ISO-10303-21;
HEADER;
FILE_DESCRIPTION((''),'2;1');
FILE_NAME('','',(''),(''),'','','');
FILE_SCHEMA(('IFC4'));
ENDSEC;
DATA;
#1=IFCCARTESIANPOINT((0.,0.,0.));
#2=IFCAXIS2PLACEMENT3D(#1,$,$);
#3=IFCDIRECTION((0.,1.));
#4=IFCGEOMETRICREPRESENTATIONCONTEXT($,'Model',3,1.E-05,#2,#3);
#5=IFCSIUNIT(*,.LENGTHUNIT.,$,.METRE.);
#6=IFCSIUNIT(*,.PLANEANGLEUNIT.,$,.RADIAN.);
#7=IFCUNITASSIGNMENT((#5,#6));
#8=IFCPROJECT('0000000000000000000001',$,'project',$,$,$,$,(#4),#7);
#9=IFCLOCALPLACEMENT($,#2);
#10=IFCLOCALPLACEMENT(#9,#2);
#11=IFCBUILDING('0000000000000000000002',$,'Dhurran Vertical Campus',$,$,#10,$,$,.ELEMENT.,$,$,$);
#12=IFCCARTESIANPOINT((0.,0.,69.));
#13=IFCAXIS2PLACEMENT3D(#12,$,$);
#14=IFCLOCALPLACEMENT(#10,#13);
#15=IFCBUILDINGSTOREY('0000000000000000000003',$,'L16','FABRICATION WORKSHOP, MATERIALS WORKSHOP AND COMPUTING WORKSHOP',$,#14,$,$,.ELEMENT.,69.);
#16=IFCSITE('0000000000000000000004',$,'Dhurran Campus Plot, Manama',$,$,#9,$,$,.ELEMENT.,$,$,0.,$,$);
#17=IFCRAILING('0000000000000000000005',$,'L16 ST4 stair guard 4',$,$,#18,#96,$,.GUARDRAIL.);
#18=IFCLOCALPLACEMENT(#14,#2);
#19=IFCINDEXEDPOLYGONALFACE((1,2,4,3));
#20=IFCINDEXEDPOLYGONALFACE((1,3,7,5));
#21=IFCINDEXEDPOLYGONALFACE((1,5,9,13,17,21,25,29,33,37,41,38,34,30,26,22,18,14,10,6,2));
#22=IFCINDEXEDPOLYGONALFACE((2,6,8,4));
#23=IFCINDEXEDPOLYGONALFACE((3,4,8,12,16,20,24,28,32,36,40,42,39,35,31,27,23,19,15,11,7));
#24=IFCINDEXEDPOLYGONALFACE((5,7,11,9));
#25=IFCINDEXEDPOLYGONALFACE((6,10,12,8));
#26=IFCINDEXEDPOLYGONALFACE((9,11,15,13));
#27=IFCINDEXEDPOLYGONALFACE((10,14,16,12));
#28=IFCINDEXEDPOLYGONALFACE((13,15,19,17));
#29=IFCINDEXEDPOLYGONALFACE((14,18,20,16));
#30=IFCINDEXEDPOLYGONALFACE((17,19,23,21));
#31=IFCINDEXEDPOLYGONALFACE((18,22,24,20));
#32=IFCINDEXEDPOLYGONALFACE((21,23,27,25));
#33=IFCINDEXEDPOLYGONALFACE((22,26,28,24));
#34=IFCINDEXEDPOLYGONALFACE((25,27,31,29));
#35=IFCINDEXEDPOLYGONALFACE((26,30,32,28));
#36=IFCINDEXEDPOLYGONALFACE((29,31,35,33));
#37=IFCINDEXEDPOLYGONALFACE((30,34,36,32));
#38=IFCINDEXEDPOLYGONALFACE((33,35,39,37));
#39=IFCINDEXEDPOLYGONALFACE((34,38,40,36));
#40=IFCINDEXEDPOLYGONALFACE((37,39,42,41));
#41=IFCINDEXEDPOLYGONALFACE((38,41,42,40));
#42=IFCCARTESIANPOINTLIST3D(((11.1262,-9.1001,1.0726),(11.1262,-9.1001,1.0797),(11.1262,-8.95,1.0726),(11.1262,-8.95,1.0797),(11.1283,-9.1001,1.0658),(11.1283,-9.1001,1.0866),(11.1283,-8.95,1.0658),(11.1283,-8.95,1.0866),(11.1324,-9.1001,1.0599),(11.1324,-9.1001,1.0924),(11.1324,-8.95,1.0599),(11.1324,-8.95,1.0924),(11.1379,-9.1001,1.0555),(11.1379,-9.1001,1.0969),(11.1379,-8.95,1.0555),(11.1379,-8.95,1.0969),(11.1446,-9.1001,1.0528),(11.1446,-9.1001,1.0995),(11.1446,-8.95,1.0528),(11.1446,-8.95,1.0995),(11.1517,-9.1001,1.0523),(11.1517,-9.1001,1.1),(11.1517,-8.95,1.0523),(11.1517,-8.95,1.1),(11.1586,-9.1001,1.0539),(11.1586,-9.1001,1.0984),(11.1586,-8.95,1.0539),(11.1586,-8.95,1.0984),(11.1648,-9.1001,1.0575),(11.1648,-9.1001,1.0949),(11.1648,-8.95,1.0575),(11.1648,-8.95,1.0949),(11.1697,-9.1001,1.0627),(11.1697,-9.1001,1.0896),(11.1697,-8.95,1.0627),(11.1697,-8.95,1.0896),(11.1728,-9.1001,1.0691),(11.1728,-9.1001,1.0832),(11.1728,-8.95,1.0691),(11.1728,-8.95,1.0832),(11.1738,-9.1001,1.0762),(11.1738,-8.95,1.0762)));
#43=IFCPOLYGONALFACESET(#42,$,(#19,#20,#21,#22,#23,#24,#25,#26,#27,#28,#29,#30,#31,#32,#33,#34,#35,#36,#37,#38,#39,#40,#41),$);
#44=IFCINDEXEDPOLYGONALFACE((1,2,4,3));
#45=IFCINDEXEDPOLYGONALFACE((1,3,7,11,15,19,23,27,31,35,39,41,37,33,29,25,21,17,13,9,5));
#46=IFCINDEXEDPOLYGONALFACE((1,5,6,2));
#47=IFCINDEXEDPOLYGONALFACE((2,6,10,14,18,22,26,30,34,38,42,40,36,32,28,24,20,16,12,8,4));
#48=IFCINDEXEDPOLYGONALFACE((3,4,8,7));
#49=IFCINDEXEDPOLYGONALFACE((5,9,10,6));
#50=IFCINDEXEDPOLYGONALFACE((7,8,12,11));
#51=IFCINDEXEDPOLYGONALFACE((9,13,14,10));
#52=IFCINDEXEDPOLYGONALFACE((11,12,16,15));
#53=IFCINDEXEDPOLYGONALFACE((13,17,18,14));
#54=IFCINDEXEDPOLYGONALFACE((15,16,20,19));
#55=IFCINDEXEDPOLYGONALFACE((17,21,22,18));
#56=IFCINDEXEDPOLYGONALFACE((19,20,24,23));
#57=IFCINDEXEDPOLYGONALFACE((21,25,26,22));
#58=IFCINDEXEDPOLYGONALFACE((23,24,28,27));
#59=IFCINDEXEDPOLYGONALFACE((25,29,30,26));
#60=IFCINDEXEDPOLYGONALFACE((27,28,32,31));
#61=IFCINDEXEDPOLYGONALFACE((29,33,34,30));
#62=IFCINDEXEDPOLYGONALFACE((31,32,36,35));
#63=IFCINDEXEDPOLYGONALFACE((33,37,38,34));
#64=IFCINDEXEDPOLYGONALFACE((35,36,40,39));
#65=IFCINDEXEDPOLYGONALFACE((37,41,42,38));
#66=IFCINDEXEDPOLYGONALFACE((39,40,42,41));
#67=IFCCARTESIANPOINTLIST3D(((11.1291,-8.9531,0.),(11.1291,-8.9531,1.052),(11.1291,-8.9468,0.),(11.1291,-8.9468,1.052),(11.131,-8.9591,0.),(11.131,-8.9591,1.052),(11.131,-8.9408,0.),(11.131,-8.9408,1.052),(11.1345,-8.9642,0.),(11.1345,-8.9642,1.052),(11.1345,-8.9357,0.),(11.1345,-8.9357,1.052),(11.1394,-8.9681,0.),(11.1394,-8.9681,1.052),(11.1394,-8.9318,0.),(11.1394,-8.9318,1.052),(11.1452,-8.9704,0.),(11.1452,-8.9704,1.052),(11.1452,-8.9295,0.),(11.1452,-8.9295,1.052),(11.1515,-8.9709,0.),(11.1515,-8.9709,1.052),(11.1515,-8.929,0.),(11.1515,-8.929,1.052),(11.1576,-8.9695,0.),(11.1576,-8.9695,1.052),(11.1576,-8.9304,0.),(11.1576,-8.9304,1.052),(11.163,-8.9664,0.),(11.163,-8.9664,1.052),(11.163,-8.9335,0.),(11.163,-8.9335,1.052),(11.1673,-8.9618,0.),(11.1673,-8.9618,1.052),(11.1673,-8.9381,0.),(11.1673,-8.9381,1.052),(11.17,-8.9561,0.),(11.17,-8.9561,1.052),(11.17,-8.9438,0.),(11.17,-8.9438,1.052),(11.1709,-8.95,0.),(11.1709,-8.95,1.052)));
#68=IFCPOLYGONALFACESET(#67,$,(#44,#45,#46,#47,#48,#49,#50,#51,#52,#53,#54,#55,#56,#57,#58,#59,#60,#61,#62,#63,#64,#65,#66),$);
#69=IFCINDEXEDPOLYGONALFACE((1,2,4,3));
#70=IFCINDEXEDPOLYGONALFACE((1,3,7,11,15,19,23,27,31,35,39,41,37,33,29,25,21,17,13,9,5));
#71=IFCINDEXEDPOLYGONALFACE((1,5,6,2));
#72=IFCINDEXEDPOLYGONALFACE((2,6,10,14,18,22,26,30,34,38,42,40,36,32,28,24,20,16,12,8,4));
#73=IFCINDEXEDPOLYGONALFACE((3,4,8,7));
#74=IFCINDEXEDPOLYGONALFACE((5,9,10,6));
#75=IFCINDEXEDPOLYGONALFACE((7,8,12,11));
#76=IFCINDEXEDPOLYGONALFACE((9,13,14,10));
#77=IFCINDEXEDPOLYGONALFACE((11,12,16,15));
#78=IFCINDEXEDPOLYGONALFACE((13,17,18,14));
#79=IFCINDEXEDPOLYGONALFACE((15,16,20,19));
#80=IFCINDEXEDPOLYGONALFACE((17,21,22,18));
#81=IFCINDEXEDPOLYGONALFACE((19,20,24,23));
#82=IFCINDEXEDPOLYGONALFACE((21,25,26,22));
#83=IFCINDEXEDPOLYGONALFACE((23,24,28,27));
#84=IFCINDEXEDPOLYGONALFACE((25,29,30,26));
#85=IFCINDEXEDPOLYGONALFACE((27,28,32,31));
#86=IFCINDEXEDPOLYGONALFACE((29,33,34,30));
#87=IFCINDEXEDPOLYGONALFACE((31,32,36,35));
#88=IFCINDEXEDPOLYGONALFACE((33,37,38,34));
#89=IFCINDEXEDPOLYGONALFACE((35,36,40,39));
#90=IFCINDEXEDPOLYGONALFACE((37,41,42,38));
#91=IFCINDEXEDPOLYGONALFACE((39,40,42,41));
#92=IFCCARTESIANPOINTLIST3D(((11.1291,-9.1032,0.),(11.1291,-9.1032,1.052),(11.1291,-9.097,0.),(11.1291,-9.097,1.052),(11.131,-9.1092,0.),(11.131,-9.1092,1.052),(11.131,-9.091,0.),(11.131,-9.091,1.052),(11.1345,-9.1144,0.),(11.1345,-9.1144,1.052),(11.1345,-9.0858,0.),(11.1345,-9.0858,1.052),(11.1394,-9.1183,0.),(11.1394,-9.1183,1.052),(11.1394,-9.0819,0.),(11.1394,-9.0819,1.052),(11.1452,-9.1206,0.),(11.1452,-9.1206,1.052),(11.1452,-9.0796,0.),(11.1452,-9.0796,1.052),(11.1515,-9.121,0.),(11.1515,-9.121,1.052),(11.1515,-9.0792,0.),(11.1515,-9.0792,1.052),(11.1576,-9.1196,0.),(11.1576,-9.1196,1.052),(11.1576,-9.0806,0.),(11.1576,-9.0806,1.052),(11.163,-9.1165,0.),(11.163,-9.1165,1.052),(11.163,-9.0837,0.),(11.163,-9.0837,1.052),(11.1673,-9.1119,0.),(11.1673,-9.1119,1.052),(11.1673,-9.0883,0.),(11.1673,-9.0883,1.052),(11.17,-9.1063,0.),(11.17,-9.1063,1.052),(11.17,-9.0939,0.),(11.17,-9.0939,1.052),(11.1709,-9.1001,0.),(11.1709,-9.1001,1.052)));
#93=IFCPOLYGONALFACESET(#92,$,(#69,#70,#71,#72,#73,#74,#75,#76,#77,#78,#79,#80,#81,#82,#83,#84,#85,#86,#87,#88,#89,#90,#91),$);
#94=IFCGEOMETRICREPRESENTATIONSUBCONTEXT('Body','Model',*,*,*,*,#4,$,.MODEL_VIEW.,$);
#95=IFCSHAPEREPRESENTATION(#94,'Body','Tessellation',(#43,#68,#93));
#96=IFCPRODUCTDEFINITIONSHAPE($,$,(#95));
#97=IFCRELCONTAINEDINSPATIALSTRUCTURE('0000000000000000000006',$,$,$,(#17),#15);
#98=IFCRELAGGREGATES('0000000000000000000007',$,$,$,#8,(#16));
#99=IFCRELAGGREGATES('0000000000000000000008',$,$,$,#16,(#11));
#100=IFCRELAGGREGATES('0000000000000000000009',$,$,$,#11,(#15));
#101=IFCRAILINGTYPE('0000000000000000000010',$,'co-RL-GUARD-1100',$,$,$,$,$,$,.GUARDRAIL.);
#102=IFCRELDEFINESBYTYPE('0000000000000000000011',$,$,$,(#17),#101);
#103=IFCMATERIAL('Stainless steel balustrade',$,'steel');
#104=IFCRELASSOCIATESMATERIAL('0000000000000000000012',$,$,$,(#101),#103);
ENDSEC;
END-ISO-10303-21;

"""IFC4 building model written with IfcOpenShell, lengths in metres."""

from ifc_helpers import new_model, si_unit, direction, frame, origin, origin_2d, place, context, subcontext, project, spatial, circle, extrude, material, type_object, element, save


model = new_model("IFC4")

# Units and contexts
model_context = context("Model", 3, precision=1e-05, world=origin(), true_north=direction((0.0, 1.0)))
body_context = subcontext(model_context, "Body", "Model", "MODEL_VIEW")
ifc_project = project(units=[si_unit("LENGTHUNIT", "METRE"), si_unit("PLANEANGLEUNIT", "RADIAN")], contexts=[model_context])

# Site, building, storey
site_placement = place(None, origin())
site = spatial("IfcSite", under=ifc_project, at=site_placement, Name="Dhurran Campus Plot, Manama", CompositionType="ELEMENT", RefElevation=0.0)
building_placement = place(site_placement, origin())
building = spatial("IfcBuilding", under=site, at=building_placement, Name="Dhurran Vertical Campus", CompositionType="ELEMENT")
storey_placement = place(building_placement, frame((0.0, 0.0, 69.0)))
storey = spatial("IfcBuildingStorey", under=building, at=storey_placement, Name="L16", Description="FABRICATION WORKSHOP, MATERIALS WORKSHOP AND COMPUTING WORKSHOP", CompositionType="ELEMENT", Elevation=69.0)

# Railing
ifc_material_1 = material(Name="Stainless steel balustrade", Category="steel")
railing_type_1 = type_object("IfcRailingType", Name="co-RL-GUARD-1100", PredefinedType="GUARDRAIL", material=ifc_material_1)
railing_1_placement = place(storey_placement, frame((11.1499, -8.95, 0.0)))
element("IfcRailing", 1, at=railing_1_placement, inside=storey, type_object=railing_type_1, Name="L16 ST4 stair guard 4", PredefinedType="GUARDRAIL", context=body_context, shape_type="SweptSolid", body=[
    extrude(circle(Radius=0.0239, at=origin_2d()), frame((0.0, 0.0, 1.0762), z_axis=(0.0, -1.0, 0.0), x_axis=(1.0, 0.0, 0.0)), (0.0, 0.0, 1.0), 0.1501),
    extrude(circle(Radius=0.021, at=origin_2d()), origin(), (0.0, 0.0, 1.0), 1.052),
    extrude(circle(Radius=0.021, at=origin_2d()), frame((0.0, -0.1501, 0.0)), (0.0, 0.0, 1.0), 1.052),
])

save(model, "model.ifc")
